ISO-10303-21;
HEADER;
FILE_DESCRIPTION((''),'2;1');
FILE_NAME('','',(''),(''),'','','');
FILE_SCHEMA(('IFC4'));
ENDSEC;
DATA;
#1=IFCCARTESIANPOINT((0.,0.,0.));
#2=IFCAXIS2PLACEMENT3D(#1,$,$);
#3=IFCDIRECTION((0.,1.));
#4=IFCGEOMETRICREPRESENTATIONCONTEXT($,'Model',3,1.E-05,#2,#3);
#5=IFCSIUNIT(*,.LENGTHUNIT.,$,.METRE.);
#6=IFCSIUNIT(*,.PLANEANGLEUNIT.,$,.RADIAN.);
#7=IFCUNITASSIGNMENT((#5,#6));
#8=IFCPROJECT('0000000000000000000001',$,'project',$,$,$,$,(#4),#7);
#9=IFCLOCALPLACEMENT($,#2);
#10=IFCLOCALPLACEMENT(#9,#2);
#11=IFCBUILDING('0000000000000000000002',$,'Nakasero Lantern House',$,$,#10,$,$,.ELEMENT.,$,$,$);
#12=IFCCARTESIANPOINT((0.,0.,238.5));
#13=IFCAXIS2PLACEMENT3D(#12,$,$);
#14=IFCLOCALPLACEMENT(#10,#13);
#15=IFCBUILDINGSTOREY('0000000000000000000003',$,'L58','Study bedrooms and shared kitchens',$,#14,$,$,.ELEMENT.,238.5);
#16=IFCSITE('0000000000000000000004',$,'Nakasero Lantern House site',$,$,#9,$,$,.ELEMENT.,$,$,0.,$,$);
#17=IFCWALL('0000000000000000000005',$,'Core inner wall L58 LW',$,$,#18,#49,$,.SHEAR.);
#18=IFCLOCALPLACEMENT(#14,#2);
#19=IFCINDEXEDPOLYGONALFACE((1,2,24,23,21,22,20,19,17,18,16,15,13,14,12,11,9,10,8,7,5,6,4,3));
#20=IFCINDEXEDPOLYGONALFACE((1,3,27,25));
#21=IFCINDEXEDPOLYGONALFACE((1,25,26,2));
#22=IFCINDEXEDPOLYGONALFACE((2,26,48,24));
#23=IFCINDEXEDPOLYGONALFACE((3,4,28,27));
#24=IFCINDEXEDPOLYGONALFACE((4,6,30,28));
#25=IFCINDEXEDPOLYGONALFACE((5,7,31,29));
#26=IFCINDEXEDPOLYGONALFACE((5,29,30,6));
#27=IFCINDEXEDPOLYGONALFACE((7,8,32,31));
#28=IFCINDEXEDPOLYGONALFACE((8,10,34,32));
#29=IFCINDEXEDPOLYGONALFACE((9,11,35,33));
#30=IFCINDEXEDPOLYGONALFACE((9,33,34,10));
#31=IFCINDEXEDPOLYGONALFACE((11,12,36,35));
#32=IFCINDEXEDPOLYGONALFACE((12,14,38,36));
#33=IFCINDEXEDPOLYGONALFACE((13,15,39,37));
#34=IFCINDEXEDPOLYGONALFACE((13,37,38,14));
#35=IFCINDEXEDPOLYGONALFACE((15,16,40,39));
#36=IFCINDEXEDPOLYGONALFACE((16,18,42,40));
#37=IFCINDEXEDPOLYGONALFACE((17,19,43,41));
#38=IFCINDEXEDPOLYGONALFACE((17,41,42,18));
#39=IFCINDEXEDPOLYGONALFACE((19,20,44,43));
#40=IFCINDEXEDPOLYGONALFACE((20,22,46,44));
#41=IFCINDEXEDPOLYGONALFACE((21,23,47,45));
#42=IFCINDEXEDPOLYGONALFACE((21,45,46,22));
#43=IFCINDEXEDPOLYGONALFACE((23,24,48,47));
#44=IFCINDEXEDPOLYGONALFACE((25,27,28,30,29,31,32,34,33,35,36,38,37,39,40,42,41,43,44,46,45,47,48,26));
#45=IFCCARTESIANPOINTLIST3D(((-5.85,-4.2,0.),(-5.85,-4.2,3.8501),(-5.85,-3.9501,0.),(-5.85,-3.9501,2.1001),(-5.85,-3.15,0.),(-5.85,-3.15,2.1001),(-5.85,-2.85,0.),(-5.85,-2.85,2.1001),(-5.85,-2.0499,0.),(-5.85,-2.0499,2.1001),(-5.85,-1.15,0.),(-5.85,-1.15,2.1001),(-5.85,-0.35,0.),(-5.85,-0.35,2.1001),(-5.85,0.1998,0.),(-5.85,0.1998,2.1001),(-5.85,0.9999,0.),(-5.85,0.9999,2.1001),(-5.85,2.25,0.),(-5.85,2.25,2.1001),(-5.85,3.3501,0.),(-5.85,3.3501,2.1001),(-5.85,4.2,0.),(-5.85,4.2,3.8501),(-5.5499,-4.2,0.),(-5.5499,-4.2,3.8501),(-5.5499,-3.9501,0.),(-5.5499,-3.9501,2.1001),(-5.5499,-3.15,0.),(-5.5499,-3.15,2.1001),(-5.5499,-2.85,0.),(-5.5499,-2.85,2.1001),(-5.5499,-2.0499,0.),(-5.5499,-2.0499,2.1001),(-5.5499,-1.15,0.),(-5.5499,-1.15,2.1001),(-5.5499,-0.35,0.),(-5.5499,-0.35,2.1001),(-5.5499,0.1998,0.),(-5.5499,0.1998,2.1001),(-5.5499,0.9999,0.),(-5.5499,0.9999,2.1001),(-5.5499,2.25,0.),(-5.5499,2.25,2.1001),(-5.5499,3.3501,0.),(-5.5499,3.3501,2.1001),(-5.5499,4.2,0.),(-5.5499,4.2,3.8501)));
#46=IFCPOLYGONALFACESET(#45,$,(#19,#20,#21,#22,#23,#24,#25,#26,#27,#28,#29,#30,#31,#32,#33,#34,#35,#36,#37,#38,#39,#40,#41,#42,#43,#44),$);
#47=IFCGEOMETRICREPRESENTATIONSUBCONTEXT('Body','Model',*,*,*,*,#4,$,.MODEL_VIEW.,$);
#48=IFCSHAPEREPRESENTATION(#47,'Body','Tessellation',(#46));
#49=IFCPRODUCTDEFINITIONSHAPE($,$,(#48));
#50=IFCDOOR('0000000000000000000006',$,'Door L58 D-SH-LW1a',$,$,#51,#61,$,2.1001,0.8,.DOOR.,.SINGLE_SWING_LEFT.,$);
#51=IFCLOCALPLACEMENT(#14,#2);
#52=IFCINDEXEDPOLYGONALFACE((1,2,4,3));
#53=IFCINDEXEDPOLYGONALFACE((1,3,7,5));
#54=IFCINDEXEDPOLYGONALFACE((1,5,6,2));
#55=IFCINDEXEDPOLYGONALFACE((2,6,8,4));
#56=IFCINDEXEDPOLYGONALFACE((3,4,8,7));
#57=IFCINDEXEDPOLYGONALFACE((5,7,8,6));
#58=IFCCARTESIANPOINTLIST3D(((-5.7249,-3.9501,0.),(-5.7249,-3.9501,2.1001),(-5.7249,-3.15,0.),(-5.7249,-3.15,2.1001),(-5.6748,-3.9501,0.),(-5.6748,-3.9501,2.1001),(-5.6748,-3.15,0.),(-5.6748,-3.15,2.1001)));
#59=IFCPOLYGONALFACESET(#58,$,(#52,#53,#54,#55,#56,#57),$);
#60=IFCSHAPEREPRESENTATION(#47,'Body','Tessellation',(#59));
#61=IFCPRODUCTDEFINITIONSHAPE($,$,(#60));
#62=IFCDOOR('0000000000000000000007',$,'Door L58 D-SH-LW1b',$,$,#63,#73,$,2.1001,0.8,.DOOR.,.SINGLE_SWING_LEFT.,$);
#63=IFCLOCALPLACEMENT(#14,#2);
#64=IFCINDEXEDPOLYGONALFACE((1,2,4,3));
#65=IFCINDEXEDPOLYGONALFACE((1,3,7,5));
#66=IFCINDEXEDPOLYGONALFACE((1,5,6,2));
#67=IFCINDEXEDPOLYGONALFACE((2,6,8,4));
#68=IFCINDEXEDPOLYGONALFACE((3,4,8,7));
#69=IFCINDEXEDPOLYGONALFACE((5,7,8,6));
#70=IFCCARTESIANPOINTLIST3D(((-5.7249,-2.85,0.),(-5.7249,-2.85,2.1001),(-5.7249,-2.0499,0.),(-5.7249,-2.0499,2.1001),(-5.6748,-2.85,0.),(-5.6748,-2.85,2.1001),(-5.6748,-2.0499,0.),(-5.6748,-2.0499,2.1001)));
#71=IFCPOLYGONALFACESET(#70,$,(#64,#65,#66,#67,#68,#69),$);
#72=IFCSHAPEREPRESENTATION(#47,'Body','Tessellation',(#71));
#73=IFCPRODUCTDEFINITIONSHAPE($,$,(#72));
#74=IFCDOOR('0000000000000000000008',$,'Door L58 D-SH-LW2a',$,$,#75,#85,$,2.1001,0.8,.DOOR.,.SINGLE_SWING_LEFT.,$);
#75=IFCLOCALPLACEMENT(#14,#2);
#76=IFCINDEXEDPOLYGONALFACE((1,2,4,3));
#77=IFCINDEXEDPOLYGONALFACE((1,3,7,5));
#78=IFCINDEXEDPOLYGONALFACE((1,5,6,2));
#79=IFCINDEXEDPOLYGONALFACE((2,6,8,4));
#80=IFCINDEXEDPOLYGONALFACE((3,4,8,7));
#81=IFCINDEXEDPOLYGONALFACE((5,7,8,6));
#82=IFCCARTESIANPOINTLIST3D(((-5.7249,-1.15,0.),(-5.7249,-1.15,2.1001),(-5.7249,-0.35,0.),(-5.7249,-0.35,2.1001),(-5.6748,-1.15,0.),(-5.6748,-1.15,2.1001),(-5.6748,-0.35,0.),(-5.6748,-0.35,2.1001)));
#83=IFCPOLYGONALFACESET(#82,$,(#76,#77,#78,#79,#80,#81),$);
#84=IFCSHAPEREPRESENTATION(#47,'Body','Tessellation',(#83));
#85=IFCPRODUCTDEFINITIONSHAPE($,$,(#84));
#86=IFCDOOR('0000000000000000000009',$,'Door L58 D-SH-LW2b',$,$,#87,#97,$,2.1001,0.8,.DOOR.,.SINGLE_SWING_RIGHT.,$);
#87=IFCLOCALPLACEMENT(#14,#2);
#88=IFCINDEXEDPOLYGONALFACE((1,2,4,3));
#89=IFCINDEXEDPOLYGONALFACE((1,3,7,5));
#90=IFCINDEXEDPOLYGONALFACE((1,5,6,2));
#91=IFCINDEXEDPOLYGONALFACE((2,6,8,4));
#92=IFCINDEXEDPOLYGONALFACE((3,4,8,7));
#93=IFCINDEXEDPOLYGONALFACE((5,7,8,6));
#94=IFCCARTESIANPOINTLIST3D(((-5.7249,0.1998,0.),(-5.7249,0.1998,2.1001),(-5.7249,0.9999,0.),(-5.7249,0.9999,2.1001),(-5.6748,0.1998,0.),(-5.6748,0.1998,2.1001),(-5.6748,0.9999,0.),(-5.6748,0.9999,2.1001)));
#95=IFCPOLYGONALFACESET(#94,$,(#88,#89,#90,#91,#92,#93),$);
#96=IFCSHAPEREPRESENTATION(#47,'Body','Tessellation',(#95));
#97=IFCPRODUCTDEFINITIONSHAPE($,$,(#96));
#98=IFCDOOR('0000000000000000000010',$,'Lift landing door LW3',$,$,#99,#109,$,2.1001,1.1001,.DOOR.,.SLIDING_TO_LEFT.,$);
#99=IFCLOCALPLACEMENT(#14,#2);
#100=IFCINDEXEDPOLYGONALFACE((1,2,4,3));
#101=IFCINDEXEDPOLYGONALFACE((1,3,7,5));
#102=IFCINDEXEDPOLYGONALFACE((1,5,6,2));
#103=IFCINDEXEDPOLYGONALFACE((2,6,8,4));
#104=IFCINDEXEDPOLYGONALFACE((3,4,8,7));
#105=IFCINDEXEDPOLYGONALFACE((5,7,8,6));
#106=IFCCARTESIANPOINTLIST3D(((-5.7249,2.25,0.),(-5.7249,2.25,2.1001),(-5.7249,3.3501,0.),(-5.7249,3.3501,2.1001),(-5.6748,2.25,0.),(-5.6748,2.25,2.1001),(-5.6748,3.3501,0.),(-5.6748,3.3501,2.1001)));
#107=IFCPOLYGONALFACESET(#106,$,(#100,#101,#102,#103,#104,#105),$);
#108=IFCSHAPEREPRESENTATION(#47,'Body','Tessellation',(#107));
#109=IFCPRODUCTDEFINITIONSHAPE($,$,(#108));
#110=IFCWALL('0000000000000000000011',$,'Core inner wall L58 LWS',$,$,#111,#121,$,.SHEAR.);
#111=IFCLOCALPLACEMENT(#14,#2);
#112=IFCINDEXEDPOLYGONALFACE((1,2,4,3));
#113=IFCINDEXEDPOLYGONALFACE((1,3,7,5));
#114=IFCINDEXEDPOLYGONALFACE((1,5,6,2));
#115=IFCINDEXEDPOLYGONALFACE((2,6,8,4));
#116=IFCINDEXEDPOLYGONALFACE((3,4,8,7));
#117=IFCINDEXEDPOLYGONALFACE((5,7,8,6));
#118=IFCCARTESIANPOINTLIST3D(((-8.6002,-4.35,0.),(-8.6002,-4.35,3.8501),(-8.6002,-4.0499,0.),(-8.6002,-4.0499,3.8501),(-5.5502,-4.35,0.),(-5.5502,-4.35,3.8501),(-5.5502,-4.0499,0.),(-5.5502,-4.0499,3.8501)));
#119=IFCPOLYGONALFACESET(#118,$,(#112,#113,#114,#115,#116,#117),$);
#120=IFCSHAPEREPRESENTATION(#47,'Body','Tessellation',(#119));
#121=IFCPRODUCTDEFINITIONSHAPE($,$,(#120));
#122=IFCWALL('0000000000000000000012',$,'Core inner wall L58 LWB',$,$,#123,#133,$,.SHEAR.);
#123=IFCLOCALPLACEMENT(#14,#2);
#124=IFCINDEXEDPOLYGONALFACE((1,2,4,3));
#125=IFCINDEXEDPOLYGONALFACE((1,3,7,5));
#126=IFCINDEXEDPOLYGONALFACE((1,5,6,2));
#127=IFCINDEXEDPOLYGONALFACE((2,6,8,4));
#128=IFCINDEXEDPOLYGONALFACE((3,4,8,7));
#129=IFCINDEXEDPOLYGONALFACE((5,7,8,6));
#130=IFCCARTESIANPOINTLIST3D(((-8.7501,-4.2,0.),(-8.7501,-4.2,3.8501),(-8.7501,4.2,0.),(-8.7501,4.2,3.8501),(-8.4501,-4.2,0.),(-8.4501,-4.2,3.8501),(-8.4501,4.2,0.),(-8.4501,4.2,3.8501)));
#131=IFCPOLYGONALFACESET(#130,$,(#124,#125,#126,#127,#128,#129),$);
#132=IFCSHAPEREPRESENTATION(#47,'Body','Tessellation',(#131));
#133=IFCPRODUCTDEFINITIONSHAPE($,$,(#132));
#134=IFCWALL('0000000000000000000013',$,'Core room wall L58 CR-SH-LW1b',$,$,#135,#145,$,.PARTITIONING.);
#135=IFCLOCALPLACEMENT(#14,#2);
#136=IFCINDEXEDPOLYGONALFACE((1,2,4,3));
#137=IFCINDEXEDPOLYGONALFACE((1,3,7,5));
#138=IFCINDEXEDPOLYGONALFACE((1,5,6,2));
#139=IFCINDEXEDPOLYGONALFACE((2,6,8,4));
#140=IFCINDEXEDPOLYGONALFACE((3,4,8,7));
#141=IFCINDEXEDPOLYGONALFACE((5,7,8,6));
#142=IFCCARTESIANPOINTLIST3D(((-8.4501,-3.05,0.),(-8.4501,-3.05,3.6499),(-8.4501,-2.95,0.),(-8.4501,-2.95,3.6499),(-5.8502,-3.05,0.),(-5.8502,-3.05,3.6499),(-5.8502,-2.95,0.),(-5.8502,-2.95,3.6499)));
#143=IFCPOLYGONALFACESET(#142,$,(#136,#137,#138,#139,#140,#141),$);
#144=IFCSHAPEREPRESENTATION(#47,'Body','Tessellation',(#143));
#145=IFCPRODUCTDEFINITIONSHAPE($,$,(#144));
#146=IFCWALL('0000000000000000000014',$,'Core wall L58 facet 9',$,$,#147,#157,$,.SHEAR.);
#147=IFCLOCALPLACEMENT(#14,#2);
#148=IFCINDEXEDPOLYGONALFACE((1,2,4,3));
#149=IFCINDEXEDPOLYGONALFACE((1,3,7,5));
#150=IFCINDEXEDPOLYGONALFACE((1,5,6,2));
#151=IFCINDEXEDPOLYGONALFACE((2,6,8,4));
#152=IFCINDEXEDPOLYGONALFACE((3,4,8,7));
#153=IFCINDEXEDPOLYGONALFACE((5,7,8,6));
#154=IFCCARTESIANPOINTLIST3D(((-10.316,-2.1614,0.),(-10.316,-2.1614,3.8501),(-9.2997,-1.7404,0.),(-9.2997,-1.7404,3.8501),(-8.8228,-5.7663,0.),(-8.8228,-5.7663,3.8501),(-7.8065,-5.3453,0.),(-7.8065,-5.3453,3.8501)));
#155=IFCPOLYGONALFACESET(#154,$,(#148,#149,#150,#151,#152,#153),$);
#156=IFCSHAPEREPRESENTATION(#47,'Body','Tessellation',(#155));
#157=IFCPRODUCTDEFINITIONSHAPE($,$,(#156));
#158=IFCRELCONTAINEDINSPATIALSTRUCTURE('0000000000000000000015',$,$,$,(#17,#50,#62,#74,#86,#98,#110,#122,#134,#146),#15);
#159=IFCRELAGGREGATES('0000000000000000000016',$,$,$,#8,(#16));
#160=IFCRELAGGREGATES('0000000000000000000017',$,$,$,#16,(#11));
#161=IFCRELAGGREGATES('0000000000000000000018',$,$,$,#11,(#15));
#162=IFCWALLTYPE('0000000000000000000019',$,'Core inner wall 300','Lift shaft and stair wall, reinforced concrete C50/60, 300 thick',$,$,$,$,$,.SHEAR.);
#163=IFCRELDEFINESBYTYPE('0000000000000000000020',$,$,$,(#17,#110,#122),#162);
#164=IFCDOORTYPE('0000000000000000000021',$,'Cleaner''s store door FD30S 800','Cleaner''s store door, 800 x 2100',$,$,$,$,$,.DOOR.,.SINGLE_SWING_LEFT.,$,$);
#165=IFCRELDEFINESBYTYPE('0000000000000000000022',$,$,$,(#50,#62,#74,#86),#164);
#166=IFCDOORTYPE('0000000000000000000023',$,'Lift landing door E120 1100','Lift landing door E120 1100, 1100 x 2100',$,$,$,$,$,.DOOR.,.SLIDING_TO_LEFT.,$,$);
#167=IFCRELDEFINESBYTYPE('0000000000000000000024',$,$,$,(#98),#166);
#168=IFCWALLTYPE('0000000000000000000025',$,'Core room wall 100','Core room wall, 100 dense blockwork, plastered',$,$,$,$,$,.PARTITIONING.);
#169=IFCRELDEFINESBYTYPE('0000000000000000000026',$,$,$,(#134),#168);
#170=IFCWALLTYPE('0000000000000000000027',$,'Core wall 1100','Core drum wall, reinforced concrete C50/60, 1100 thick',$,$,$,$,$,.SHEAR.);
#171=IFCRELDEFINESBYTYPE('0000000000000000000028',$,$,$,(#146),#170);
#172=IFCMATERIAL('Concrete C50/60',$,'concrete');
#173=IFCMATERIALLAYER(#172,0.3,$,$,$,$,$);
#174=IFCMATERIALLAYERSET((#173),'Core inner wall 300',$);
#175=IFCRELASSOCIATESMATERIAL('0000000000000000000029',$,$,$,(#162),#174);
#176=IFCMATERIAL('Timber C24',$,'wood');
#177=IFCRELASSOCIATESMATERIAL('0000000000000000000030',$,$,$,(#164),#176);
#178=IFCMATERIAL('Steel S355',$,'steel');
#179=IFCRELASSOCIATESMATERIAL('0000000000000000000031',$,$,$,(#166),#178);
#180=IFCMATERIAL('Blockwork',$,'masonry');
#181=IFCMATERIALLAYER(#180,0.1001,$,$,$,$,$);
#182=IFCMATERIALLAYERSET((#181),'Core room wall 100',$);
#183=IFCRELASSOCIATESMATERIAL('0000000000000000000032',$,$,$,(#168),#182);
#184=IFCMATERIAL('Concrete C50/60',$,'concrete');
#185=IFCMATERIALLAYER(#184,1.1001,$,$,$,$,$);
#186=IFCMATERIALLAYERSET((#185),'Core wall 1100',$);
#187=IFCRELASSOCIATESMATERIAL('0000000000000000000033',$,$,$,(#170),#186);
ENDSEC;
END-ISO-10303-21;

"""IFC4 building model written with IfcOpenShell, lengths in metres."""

from ifc_helpers import new_model, si_unit, direction, frame, frame_2d, origin, place, context, subcontext, project, spatial, rectangle, extrude, material, layer, layer_set, type_object, element, fill, save


model = new_model("IFC4")

# Units and contexts
model_context = context("Model", 3, precision=1e-05, world=origin(), true_north=direction((0.0, 1.0)))
body_context = subcontext(model_context, "Body", "Model", "MODEL_VIEW")
ifc_project = project(units=[si_unit("LENGTHUNIT", "METRE"), si_unit("PLANEANGLEUNIT", "RADIAN")], contexts=[model_context])

# Site, building, storey
site_placement = place(None, origin())
site = spatial("IfcSite", under=ifc_project, at=site_placement, Name="Nakasero Lantern House site", CompositionType="ELEMENT", RefElevation=0.0)
building_placement = place(site_placement, origin())
building = spatial("IfcBuilding", under=site, at=building_placement, Name="Nakasero Lantern House", CompositionType="ELEMENT")
storey_placement = place(building_placement, frame((0.0, 0.0, 238.5)))
storey = spatial("IfcBuildingStorey", under=building, at=storey_placement, Name="L58", Description="Study bedrooms and shared kitchens", CompositionType="ELEMENT", Elevation=238.5)

# Wall, openings, doors
ifc_material_1 = material(Name="Concrete C50/60", Category="concrete")
ifc_layer_1 = layer(ifc_material_1, 0.3)
ifc_layer_set_1 = layer_set([ifc_layer_1], Name="Core inner wall 300")
wall_type_1 = type_object("IfcWallType", Name="Core inner wall 300", Description="Lift shaft and stair wall, reinforced concrete C50/60, 300 thick", PredefinedType="SHEAR", material=ifc_layer_set_1)
wall_1_placement = place(storey_placement, frame((-5.7, -4.2, 0.0), z_axis=(0.0, 0.0, 1.0), x_axis=(0.0, 1.0, 0.0)))
wall_1 = element("IfcWall", 1, at=wall_1_placement, inside=storey, type_object=wall_type_1, Name="Core inner wall L58 LW", PredefinedType="SHEAR", context=body_context, shape_type="SweptSolid", body=[
    extrude(rectangle(XDim=8.3999, YDim=0.3, at=frame_2d((4.2, 0.0))), origin(), (0.0, 0.0, 1.0), 3.8501),
])
opening_1_placement = place(wall_1_placement, frame((0.25, 0.0, 0.0)))
opening_1 = element("IfcOpeningElement", 2, at=opening_1_placement, cuts=wall_1, PredefinedType="OPENING", context=body_context, shape_type="SweptSolid", body=[
    extrude(rectangle(XDim=0.8, YDim=2.1001, at=frame_2d((0.3999, 1.05))), frame((0.0, 0.1699, 0.0), z_axis=(0.0, -1.0, 0.0), x_axis=(1.0, 0.0, 0.0)), (0.0, 0.0, 1.0), 0.3401),
])
opening_2_placement = place(wall_1_placement, frame((1.3501, 0.0, 0.0)))
opening_2 = element("IfcOpeningElement", 3, at=opening_2_placement, cuts=wall_1, PredefinedType="OPENING", context=body_context, shape_type="SweptSolid", body=[
    extrude(rectangle(XDim=0.8, YDim=2.1001, at=frame_2d((0.3999, 1.05))), frame((0.0, 0.1699, 0.0), z_axis=(0.0, -1.0, 0.0), x_axis=(1.0, 0.0, 0.0)), (0.0, 0.0, 1.0), 0.3401),
])
opening_3_placement = place(wall_1_placement, frame((3.05, 0.0, 0.0)))
opening_3 = element("IfcOpeningElement", 4, at=opening_3_placement, cuts=wall_1, PredefinedType="OPENING", context=body_context, shape_type="SweptSolid", body=[
    extrude(rectangle(XDim=0.8, YDim=2.1001, at=frame_2d((0.3999, 1.05))), frame((0.0, 0.1699, 0.0), z_axis=(0.0, -1.0, 0.0), x_axis=(1.0, 0.0, 0.0)), (0.0, 0.0, 1.0), 0.3401),
])
opening_4_placement = place(wall_1_placement, frame((4.3999, 0.0, 0.0)))
opening_4 = element("IfcOpeningElement", 5, at=opening_4_placement, cuts=wall_1, PredefinedType="OPENING", context=body_context, shape_type="SweptSolid", body=[
    extrude(rectangle(XDim=0.8, YDim=2.1001, at=frame_2d((0.3999, 1.05))), frame((0.0, 0.1699, 0.0), z_axis=(0.0, -1.0, 0.0), x_axis=(1.0, 0.0, 0.0)), (0.0, 0.0, 1.0), 0.3401),
])
opening_5_placement = place(wall_1_placement, frame((6.45, 0.0, 0.0)))
opening_5 = element("IfcOpeningElement", 6, at=opening_5_placement, cuts=wall_1, PredefinedType="OPENING", context=body_context, shape_type="SweptSolid", body=[
    extrude(rectangle(XDim=1.1001, YDim=2.1001, at=frame_2d((0.55, 1.05))), frame((0.0, 0.1699, 0.0), z_axis=(0.0, -1.0, 0.0), x_axis=(1.0, 0.0, 0.0)), (0.0, 0.0, 1.0), 0.3401),
])
ifc_material_2 = material(Name="Timber C24", Category="wood")
door_type_1 = type_object("IfcDoorType", Name="Cleaner's store door FD30S 800", Description="Cleaner's store door, 800 x 2100", OperationType="SINGLE_SWING_LEFT", PredefinedType="DOOR", material=ifc_material_2)
door_1_placement = place(opening_1_placement, origin())
door_1 = element("IfcDoor", 7, at=door_1_placement, inside=storey, type_object=door_type_1, Name="Door L58 D-SH-LW1a", OperationType="SINGLE_SWING_LEFT", OverallHeight=2.1001, OverallWidth=0.8, PredefinedType="DOOR", context=body_context, shape_type="SweptSolid", body=[
    extrude(rectangle(XDim=0.8, YDim=2.1001, at=frame_2d((0.3999, 1.05))), frame((0.0, 0.0249, 0.0), z_axis=(0.0, -1.0, 0.0), x_axis=(1.0, 0.0, 0.0)), (0.0, 0.0, 1.0), 0.05),
])
fill(opening_1, door_1)
door_2_placement = place(opening_2_placement, origin())
door_2 = element("IfcDoor", 8, at=door_2_placement, inside=storey, type_object=door_type_1, Name="Door L58 D-SH-LW1b", OperationType="SINGLE_SWING_LEFT", OverallHeight=2.1001, OverallWidth=0.8, PredefinedType="DOOR", context=body_context, shape_type="SweptSolid", body=[
    extrude(rectangle(XDim=0.8, YDim=2.1001, at=frame_2d((0.3999, 1.05))), frame((0.0, 0.0249, 0.0), z_axis=(0.0, -1.0, 0.0), x_axis=(1.0, 0.0, 0.0)), (0.0, 0.0, 1.0), 0.05),
])
fill(opening_2, door_2)
door_3_placement = place(opening_3_placement, origin())
door_3 = element("IfcDoor", 9, at=door_3_placement, inside=storey, type_object=door_type_1, Name="Door L58 D-SH-LW2a", OperationType="SINGLE_SWING_LEFT", OverallHeight=2.1001, OverallWidth=0.8, PredefinedType="DOOR", context=body_context, shape_type="SweptSolid", body=[
    extrude(rectangle(XDim=0.8, YDim=2.1001, at=frame_2d((0.3999, 1.05))), frame((0.0, 0.0249, 0.0), z_axis=(0.0, -1.0, 0.0), x_axis=(1.0, 0.0, 0.0)), (0.0, 0.0, 1.0), 0.05),
])
fill(opening_3, door_3)
door_4_placement = place(opening_4_placement, origin())
door_4 = element("IfcDoor", 10, at=door_4_placement, inside=storey, type_object=door_type_1, Name="Door L58 D-SH-LW2b", OperationType="SINGLE_SWING_RIGHT", OverallHeight=2.1001, OverallWidth=0.8, PredefinedType="DOOR", context=body_context, shape_type="SweptSolid", body=[
    extrude(rectangle(XDim=0.8, YDim=2.1001, at=frame_2d((0.3999, 1.05))), frame((0.0, 0.0249, 0.0), z_axis=(0.0, -1.0, 0.0), x_axis=(1.0, 0.0, 0.0)), (0.0, 0.0, 1.0), 0.05),
])
fill(opening_4, door_4)
ifc_material_3 = material(Name="Steel S355", Category="steel")
door_type_2 = type_object("IfcDoorType", Name="Lift landing door E120 1100", Description="Lift landing door E120 1100, 1100 x 2100", OperationType="SLIDING_TO_LEFT", PredefinedType="DOOR", material=ifc_material_3)
door_5_placement = place(opening_5_placement, origin())
door_5 = element("IfcDoor", 11, at=door_5_placement, inside=storey, type_object=door_type_2, Name="Lift landing door LW3", OperationType="SLIDING_TO_LEFT", OverallHeight=2.1001, OverallWidth=1.1001, PredefinedType="DOOR", context=body_context, shape_type="SweptSolid", body=[
    extrude(rectangle(XDim=1.1001, YDim=2.1001, at=frame_2d((0.55, 1.05))), frame((0.0, 0.0249, 0.0), z_axis=(0.0, -1.0, 0.0), x_axis=(1.0, 0.0, 0.0)), (0.0, 0.0, 1.0), 0.05),
])
fill(opening_5, door_5)

# Walls
wall_2_placement = place(storey_placement, frame((-8.6001, -4.2, 0.0), z_axis=(0.0, 0.0, 1.0), x_axis=(1.0, 0.0, 0.0)))
element("IfcWall", 12, at=wall_2_placement, inside=storey, type_object=wall_type_1, Name="Core inner wall L58 LWS", PredefinedType="SHEAR", context=body_context, shape_type="SweptSolid", body=[
    extrude(rectangle(XDim=3.05, YDim=0.3, at=frame_2d((1.5249, 0.0))), origin(), (0.0, 0.0, 1.0), 3.8501),
])
wall_3_placement = place(storey_placement, frame((-8.6001, -4.2, 0.0), z_axis=(0.0, 0.0, 1.0), x_axis=(0.0, 1.0, 0.0)))
element("IfcWall", 13, at=wall_3_placement, inside=storey, type_object=wall_type_1, Name="Core inner wall L58 LWB", PredefinedType="SHEAR", context=body_context, shape_type="SweptSolid", body=[
    extrude(rectangle(XDim=8.3999, YDim=0.3, at=frame_2d((4.2, 0.0))), origin(), (0.0, 0.0, 1.0), 3.8501),
])
ifc_material_4 = material(Name="Blockwork", Category="masonry")
ifc_layer_2 = layer(ifc_material_4, 0.1001)
ifc_layer_set_2 = layer_set([ifc_layer_2], Name="Core room wall 100")
wall_type_2 = type_object("IfcWallType", Name="Core room wall 100", Description="Core room wall, 100 dense blockwork, plastered", PredefinedType="PARTITIONING", material=ifc_layer_set_2)
wall_4_placement = place(storey_placement, frame((-8.45, -3.0, 0.0), z_axis=(0.0, 0.0, 1.0), x_axis=(1.0, 0.0, 0.0)))
element("IfcWall", 14, at=wall_4_placement, inside=storey, type_object=wall_type_2, Name="Core room wall L58 CR-SH-LW1b", PredefinedType="PARTITIONING", context=body_context, shape_type="SweptSolid", body=[
    extrude(rectangle(XDim=2.5999, YDim=0.1001, at=frame_2d((1.2998, 0.0))), origin(), (0.0, 0.0, 1.0), 3.6499),
])
ifc_material_5 = material(Name="Concrete C50/60", Category="concrete")
ifc_layer_3 = layer(ifc_material_5, 1.1001)
ifc_layer_set_3 = layer_set([ifc_layer_3], Name="Core wall 1100")
wall_type_3 = type_object("IfcWallType", Name="Core wall 1100", Description="Core drum wall, reinforced concrete C50/60, 1100 thick", PredefinedType="SHEAR", material=ifc_layer_set_3)
wall_5_placement = place(storey_placement, frame((-9.8079, -1.9509, 0.0), z_axis=(0.0, 0.0, 1.0), x_axis=(0.382691, -0.923877, 0.0)))
element("IfcWall", 15, at=wall_5_placement, inside=storey, type_object=wall_type_3, Name="Core wall L58 facet 9", PredefinedType="SHEAR", context=body_context, shape_type="SweptSolid", body=[
    extrude(rectangle(XDim=3.9019, YDim=1.1001, at=frame_2d((1.9509, 0.0))), origin(), (0.0, 0.0, 1.0), 3.8501),
])

save(model, "model.ifc")
